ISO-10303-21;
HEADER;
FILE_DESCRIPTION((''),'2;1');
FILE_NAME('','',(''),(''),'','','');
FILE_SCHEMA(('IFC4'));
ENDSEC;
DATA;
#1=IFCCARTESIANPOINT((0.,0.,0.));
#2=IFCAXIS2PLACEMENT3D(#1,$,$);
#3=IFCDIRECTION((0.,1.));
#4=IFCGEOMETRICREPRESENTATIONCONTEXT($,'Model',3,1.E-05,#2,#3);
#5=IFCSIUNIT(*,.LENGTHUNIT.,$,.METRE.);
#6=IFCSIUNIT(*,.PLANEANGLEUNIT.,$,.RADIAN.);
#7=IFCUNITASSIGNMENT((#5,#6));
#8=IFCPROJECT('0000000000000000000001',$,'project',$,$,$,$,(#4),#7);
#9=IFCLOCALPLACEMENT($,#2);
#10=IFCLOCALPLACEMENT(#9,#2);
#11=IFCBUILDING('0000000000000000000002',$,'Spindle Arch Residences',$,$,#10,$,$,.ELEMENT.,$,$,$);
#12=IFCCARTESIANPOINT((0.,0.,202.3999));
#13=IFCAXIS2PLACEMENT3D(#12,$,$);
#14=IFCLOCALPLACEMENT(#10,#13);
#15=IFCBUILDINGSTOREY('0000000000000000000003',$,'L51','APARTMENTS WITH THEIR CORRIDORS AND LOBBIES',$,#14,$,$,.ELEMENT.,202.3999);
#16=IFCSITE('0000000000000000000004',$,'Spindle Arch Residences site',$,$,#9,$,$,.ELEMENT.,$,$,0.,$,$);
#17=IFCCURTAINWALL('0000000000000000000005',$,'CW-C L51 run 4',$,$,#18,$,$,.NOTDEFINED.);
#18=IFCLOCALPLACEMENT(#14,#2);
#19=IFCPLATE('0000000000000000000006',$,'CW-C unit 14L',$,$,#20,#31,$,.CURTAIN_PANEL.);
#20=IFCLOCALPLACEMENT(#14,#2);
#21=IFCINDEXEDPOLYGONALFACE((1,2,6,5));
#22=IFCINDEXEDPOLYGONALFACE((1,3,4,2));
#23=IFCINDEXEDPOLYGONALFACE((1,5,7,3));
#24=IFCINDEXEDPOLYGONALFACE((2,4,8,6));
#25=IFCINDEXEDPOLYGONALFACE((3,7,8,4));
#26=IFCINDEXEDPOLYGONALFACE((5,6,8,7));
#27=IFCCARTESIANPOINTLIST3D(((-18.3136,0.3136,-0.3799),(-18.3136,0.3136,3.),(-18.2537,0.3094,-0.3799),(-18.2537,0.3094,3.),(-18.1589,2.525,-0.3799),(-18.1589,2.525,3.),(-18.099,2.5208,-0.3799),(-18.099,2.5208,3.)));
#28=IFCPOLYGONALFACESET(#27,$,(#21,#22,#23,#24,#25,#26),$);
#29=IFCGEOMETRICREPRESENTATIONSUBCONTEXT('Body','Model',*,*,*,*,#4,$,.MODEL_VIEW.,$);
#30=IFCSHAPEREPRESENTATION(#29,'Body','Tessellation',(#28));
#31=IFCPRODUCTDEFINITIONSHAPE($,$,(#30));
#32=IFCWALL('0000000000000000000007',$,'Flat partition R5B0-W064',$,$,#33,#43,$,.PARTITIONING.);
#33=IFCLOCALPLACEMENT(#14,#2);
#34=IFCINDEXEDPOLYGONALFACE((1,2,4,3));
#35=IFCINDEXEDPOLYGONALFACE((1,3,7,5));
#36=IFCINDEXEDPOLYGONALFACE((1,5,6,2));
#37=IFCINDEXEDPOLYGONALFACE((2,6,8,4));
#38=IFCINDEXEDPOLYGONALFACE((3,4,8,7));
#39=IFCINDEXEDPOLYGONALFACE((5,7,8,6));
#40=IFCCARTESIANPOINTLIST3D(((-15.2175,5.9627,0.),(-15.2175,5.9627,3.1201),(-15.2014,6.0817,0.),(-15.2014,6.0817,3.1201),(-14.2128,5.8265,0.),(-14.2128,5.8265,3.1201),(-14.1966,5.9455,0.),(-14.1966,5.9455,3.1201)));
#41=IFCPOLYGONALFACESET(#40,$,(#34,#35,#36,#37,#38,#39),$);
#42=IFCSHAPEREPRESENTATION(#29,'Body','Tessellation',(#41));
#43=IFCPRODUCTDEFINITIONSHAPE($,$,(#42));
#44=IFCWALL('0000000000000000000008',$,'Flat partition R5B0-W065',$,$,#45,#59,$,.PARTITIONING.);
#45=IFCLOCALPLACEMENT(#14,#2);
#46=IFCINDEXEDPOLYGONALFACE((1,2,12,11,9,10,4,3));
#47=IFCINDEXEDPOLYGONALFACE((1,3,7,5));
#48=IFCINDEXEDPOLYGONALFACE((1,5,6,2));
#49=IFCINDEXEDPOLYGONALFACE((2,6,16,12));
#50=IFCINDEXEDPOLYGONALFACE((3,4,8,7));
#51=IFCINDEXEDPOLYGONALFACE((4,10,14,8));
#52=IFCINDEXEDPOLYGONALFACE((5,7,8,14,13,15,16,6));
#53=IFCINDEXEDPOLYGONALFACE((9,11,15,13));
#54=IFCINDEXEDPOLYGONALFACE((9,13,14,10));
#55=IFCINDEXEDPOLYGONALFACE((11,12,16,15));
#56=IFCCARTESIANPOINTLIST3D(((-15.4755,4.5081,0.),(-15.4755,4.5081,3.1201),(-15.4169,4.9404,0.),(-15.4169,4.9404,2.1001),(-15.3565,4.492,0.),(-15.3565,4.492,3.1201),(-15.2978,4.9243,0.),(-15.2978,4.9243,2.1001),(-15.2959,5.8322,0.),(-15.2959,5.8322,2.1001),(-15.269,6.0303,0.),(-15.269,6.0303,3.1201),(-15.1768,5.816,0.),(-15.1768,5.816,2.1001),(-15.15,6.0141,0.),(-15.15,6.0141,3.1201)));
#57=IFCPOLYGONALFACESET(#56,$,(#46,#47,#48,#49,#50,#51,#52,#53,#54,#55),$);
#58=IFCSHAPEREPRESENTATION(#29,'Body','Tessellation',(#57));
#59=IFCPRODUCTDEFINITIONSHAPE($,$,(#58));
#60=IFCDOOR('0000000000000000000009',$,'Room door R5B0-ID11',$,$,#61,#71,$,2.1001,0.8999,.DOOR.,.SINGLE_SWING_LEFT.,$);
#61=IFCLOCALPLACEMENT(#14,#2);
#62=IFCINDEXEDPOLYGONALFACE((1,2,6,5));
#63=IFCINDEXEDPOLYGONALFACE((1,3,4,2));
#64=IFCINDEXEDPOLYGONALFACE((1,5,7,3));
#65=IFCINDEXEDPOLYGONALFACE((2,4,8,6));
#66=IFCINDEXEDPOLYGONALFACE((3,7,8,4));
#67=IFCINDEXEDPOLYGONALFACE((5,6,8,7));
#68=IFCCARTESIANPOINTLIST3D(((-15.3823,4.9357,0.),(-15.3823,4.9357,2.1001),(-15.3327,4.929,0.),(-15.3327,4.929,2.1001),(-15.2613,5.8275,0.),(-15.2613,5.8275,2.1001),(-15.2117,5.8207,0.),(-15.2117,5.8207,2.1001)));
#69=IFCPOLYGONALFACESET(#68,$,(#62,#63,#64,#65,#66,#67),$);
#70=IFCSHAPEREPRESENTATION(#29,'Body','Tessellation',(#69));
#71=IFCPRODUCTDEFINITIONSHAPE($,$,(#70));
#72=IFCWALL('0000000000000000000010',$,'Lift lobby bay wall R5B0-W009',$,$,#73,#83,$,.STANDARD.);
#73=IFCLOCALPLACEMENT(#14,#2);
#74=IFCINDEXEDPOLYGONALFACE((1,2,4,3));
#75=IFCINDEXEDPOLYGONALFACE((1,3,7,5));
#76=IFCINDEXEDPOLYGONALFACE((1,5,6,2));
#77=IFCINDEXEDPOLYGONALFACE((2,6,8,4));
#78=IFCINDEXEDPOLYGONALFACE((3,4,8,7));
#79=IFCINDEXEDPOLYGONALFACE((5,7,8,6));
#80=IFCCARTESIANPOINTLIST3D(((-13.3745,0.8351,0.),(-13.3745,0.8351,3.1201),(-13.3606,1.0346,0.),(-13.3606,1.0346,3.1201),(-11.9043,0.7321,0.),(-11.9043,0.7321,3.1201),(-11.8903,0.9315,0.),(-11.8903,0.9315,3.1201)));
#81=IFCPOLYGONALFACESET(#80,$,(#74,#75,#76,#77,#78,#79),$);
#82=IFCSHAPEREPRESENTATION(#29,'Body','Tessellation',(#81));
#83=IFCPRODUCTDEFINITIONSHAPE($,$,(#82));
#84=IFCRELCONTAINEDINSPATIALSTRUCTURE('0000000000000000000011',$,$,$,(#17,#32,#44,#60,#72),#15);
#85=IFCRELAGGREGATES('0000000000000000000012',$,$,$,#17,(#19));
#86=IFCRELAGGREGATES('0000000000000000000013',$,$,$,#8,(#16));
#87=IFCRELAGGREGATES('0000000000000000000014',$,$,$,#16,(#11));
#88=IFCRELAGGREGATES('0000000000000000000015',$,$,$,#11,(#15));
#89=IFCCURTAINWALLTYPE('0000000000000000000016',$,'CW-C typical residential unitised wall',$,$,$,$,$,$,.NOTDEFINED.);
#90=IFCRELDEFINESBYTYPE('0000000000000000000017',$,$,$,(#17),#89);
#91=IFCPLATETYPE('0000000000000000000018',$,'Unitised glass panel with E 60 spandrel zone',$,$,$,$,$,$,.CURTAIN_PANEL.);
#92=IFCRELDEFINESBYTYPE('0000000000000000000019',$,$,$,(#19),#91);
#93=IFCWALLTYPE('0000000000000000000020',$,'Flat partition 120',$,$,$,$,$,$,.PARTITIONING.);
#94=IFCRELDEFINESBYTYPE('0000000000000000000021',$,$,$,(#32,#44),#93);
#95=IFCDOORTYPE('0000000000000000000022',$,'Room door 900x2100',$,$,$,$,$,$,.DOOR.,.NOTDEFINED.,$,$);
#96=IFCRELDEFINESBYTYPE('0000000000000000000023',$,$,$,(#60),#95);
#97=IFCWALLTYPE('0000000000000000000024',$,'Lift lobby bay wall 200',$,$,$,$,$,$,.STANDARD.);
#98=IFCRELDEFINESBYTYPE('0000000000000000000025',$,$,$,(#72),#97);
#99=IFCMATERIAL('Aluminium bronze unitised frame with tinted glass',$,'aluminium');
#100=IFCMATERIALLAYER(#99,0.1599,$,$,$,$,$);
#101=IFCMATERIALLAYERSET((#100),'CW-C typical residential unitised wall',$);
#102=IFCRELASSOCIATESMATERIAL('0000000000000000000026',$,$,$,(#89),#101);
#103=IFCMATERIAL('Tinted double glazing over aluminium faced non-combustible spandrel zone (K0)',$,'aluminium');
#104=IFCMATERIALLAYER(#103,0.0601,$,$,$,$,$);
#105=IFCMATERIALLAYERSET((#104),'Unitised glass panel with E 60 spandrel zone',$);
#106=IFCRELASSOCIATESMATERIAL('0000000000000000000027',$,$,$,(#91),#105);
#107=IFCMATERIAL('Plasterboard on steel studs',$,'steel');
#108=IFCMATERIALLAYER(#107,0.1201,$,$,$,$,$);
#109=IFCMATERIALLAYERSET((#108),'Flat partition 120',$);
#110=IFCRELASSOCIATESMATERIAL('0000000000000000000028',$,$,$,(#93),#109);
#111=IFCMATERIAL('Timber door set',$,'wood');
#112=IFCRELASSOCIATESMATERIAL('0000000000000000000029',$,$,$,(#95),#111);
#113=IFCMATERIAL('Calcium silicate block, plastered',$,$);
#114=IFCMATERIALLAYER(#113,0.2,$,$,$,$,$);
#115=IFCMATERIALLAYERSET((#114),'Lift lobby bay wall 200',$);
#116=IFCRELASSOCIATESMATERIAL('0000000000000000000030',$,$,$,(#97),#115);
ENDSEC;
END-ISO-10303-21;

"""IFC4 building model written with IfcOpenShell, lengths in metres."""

from ifc_helpers import new_model, si_unit, direction, frame, frame_2d, origin, origin_2d, place, context, subcontext, project, spatial, rectangle, extrude, material, layer, layer_set, type_object, element, fill, aggregate, save


model = new_model("IFC4")

# Units and contexts
model_context = context("Model", 3, precision=1e-05, world=origin(), true_north=direction((0.0, 1.0)))
body_context = subcontext(model_context, "Body", "Model", "MODEL_VIEW")
ifc_project = project(units=[si_unit("LENGTHUNIT", "METRE"), si_unit("PLANEANGLEUNIT", "RADIAN")], contexts=[model_context])

# Site, building, storey
site_placement = place(None, origin())
site = spatial("IfcSite", under=ifc_project, at=site_placement, Name="Spindle Arch Residences site", CompositionType="ELEMENT", RefElevation=0.0)
building_placement = place(site_placement, origin())
building = spatial("IfcBuilding", under=site, at=building_placement, Name="Spindle Arch Residences", CompositionType="ELEMENT")
storey_placement = place(building_placement, frame((0.0, 0.0, 202.3999)))
storey = spatial("IfcBuildingStorey", under=building, at=storey_placement, Name="L51", Description="APARTMENTS WITH THEIR CORRIDORS AND LOBBIES", CompositionType="ELEMENT", Elevation=202.3999)

# Curtain wall
ifc_material_1 = material(Name="Aluminium bronze unitised frame with tinted glass", Category="aluminium")
ifc_layer_1 = layer(ifc_material_1, 0.1599)
ifc_layer_set_1 = layer_set([ifc_layer_1], Name="CW-C typical residential unitised wall")
curtain_wall_type = type_object("IfcCurtainWallType", Name="CW-C typical residential unitised wall", PredefinedType="NOTDEFINED", material=ifc_layer_set_1)
curtain_wall_placement = place(storey_placement, origin())
curtain_wall = element("IfcCurtainWall", 1, at=curtain_wall_placement, inside=storey, type_object=curtain_wall_type, Name="CW-C L51 run 4", PredefinedType="NOTDEFINED")

# Plate
ifc_material_2 = material(Name="Tinted double glazing over aluminium faced non-combustible spandrel zone (K0)", Category="aluminium")
ifc_layer_2 = layer(ifc_material_2, 0.0601)
ifc_layer_set_2 = layer_set([ifc_layer_2], Name="Unitised glass panel with E 60 spandrel zone")
plate_type = type_object("IfcPlateType", Name="Unitised glass panel with E 60 spandrel zone", PredefinedType="CURTAIN_PANEL", material=ifc_layer_set_2)
plate_1_placement = place(storey_placement, frame((-18.2063, 1.4172, -0.3799), z_axis=(0.0, 0.0, 1.0), x_axis=(-0.069756, -0.997564, 0.0)))
plate_1 = element("IfcPlate", 2, at=plate_1_placement, type_object=plate_type, Name="CW-C unit 14L", PredefinedType="CURTAIN_PANEL", context=body_context, shape_type="SweptSolid", body=[
    extrude(rectangle(XDim=2.2168, YDim=0.0601, at=origin_2d()), origin(), (0.0, 0.0, 1.0), 3.3799),
])
aggregate(curtain_wall, [plate_1])

# Wall
ifc_material_3 = material(Name="Plasterboard on steel studs", Category="steel")
ifc_layer_3 = layer(ifc_material_3, 0.1201)
ifc_layer_set_3 = layer_set([ifc_layer_3], Name="Flat partition 120")
wall_type_1 = type_object("IfcWallType", Name="Flat partition 120", PredefinedType="PARTITIONING", material=ifc_layer_set_3)
wall_1_placement = place(storey_placement, frame((-14.2048, 5.886, 0.0), z_axis=(0.0, 0.0, 1.0), x_axis=(-0.990931, 0.134372, 0.0)))
element("IfcWall", 3, at=wall_1_placement, inside=storey, type_object=wall_type_1, Name="Flat partition R5B0-W064", PredefinedType="PARTITIONING", context=body_context, shape_type="SweptSolid", body=[
    extrude(rectangle(XDim=1.0139, YDim=0.1201, at=frame_2d((0.5068, 0.0))), origin(), (0.0, 0.0, 1.0), 3.1201),
])

# Wall, opening, door
wall_2_placement = place(storey_placement, frame((-15.2095, 6.0222, 0.0), z_axis=(0.0, 0.0, 1.0), x_axis=(-0.134454, -0.99092, 0.0)))
wall_2 = element("IfcWall", 4, at=wall_2_placement, inside=storey, type_object=wall_type_1, Name="Flat partition R5B0-W065", PredefinedType="PARTITIONING", context=body_context, shape_type="SweptSolid", body=[
    extrude(rectangle(XDim=1.5361, YDim=0.1201, at=frame_2d((0.7681, 0.0))), origin(), (0.0, 0.0, 1.0), 3.1201),
])
opening_1_placement = place(wall_2_placement, frame((0.2, 0.0, 0.0)))
opening_1 = element("IfcOpeningElement", 5, at=opening_1_placement, cuts=wall_2, PredefinedType="OPENING", context=body_context, shape_type="SweptSolid", body=[
    extrude(rectangle(XDim=0.8999, YDim=2.1001, at=frame_2d((0.45, 1.05))), frame((0.0, 0.0701, 0.0), z_axis=(0.0, -1.0, 0.0), x_axis=(1.0, 0.0, 0.0)), (0.0, 0.0, 1.0), 0.1401),
])
ifc_material_4 = material(Name="Timber door set", Category="wood")
door_type_1 = type_object("IfcDoorType", Name="Room door 900x2100", OperationType="NOTDEFINED", PredefinedType="DOOR", material=ifc_material_4)
door_1_placement = place(opening_1_placement, origin())
door_1 = element("IfcDoor", 6, at=door_1_placement, inside=storey, type_object=door_type_1, Name="Room door R5B0-ID11", OperationType="SINGLE_SWING_LEFT", OverallHeight=2.1001, OverallWidth=0.8999, PredefinedType="DOOR", context=body_context, shape_type="SweptSolid", body=[
    extrude(rectangle(XDim=0.8999, YDim=2.1001, at=frame_2d((0.45, 1.05))), frame((0.0, 0.0249, 0.0), z_axis=(0.0, -1.0, 0.0), x_axis=(1.0, 0.0, 0.0)), (0.0, 0.0, 1.0), 0.05),
])
fill(opening_1, door_1)

# Wall
ifc_material_5 = material(Name="Calcium silicate block, plastered")
ifc_layer_4 = layer(ifc_material_5, 0.2)
ifc_layer_set_4 = layer_set([ifc_layer_4], Name="Lift lobby bay wall 200")
wall_type_2 = type_object("IfcWallType", Name="Lift lobby bay wall 200", PredefinedType="STANDARD", material=ifc_layer_set_4)
wall_3_placement = place(storey_placement, frame((-13.3674, 0.9348, 0.0), z_axis=(0.0, 0.0, 1.0), x_axis=(0.997554, -0.069905, 0.0)))
element("IfcWall", 7, at=wall_3_placement, inside=storey, type_object=wall_type_2, Name="Lift lobby bay wall R5B0-W009", PredefinedType="STANDARD", context=body_context, shape_type="SweptSolid", body=[
    extrude(rectangle(XDim=1.4739, YDim=0.2, at=frame_2d((0.7368, 0.0))), origin(), (0.0, 0.0, 1.0), 3.1201),
])

save(model, "model.ifc")
